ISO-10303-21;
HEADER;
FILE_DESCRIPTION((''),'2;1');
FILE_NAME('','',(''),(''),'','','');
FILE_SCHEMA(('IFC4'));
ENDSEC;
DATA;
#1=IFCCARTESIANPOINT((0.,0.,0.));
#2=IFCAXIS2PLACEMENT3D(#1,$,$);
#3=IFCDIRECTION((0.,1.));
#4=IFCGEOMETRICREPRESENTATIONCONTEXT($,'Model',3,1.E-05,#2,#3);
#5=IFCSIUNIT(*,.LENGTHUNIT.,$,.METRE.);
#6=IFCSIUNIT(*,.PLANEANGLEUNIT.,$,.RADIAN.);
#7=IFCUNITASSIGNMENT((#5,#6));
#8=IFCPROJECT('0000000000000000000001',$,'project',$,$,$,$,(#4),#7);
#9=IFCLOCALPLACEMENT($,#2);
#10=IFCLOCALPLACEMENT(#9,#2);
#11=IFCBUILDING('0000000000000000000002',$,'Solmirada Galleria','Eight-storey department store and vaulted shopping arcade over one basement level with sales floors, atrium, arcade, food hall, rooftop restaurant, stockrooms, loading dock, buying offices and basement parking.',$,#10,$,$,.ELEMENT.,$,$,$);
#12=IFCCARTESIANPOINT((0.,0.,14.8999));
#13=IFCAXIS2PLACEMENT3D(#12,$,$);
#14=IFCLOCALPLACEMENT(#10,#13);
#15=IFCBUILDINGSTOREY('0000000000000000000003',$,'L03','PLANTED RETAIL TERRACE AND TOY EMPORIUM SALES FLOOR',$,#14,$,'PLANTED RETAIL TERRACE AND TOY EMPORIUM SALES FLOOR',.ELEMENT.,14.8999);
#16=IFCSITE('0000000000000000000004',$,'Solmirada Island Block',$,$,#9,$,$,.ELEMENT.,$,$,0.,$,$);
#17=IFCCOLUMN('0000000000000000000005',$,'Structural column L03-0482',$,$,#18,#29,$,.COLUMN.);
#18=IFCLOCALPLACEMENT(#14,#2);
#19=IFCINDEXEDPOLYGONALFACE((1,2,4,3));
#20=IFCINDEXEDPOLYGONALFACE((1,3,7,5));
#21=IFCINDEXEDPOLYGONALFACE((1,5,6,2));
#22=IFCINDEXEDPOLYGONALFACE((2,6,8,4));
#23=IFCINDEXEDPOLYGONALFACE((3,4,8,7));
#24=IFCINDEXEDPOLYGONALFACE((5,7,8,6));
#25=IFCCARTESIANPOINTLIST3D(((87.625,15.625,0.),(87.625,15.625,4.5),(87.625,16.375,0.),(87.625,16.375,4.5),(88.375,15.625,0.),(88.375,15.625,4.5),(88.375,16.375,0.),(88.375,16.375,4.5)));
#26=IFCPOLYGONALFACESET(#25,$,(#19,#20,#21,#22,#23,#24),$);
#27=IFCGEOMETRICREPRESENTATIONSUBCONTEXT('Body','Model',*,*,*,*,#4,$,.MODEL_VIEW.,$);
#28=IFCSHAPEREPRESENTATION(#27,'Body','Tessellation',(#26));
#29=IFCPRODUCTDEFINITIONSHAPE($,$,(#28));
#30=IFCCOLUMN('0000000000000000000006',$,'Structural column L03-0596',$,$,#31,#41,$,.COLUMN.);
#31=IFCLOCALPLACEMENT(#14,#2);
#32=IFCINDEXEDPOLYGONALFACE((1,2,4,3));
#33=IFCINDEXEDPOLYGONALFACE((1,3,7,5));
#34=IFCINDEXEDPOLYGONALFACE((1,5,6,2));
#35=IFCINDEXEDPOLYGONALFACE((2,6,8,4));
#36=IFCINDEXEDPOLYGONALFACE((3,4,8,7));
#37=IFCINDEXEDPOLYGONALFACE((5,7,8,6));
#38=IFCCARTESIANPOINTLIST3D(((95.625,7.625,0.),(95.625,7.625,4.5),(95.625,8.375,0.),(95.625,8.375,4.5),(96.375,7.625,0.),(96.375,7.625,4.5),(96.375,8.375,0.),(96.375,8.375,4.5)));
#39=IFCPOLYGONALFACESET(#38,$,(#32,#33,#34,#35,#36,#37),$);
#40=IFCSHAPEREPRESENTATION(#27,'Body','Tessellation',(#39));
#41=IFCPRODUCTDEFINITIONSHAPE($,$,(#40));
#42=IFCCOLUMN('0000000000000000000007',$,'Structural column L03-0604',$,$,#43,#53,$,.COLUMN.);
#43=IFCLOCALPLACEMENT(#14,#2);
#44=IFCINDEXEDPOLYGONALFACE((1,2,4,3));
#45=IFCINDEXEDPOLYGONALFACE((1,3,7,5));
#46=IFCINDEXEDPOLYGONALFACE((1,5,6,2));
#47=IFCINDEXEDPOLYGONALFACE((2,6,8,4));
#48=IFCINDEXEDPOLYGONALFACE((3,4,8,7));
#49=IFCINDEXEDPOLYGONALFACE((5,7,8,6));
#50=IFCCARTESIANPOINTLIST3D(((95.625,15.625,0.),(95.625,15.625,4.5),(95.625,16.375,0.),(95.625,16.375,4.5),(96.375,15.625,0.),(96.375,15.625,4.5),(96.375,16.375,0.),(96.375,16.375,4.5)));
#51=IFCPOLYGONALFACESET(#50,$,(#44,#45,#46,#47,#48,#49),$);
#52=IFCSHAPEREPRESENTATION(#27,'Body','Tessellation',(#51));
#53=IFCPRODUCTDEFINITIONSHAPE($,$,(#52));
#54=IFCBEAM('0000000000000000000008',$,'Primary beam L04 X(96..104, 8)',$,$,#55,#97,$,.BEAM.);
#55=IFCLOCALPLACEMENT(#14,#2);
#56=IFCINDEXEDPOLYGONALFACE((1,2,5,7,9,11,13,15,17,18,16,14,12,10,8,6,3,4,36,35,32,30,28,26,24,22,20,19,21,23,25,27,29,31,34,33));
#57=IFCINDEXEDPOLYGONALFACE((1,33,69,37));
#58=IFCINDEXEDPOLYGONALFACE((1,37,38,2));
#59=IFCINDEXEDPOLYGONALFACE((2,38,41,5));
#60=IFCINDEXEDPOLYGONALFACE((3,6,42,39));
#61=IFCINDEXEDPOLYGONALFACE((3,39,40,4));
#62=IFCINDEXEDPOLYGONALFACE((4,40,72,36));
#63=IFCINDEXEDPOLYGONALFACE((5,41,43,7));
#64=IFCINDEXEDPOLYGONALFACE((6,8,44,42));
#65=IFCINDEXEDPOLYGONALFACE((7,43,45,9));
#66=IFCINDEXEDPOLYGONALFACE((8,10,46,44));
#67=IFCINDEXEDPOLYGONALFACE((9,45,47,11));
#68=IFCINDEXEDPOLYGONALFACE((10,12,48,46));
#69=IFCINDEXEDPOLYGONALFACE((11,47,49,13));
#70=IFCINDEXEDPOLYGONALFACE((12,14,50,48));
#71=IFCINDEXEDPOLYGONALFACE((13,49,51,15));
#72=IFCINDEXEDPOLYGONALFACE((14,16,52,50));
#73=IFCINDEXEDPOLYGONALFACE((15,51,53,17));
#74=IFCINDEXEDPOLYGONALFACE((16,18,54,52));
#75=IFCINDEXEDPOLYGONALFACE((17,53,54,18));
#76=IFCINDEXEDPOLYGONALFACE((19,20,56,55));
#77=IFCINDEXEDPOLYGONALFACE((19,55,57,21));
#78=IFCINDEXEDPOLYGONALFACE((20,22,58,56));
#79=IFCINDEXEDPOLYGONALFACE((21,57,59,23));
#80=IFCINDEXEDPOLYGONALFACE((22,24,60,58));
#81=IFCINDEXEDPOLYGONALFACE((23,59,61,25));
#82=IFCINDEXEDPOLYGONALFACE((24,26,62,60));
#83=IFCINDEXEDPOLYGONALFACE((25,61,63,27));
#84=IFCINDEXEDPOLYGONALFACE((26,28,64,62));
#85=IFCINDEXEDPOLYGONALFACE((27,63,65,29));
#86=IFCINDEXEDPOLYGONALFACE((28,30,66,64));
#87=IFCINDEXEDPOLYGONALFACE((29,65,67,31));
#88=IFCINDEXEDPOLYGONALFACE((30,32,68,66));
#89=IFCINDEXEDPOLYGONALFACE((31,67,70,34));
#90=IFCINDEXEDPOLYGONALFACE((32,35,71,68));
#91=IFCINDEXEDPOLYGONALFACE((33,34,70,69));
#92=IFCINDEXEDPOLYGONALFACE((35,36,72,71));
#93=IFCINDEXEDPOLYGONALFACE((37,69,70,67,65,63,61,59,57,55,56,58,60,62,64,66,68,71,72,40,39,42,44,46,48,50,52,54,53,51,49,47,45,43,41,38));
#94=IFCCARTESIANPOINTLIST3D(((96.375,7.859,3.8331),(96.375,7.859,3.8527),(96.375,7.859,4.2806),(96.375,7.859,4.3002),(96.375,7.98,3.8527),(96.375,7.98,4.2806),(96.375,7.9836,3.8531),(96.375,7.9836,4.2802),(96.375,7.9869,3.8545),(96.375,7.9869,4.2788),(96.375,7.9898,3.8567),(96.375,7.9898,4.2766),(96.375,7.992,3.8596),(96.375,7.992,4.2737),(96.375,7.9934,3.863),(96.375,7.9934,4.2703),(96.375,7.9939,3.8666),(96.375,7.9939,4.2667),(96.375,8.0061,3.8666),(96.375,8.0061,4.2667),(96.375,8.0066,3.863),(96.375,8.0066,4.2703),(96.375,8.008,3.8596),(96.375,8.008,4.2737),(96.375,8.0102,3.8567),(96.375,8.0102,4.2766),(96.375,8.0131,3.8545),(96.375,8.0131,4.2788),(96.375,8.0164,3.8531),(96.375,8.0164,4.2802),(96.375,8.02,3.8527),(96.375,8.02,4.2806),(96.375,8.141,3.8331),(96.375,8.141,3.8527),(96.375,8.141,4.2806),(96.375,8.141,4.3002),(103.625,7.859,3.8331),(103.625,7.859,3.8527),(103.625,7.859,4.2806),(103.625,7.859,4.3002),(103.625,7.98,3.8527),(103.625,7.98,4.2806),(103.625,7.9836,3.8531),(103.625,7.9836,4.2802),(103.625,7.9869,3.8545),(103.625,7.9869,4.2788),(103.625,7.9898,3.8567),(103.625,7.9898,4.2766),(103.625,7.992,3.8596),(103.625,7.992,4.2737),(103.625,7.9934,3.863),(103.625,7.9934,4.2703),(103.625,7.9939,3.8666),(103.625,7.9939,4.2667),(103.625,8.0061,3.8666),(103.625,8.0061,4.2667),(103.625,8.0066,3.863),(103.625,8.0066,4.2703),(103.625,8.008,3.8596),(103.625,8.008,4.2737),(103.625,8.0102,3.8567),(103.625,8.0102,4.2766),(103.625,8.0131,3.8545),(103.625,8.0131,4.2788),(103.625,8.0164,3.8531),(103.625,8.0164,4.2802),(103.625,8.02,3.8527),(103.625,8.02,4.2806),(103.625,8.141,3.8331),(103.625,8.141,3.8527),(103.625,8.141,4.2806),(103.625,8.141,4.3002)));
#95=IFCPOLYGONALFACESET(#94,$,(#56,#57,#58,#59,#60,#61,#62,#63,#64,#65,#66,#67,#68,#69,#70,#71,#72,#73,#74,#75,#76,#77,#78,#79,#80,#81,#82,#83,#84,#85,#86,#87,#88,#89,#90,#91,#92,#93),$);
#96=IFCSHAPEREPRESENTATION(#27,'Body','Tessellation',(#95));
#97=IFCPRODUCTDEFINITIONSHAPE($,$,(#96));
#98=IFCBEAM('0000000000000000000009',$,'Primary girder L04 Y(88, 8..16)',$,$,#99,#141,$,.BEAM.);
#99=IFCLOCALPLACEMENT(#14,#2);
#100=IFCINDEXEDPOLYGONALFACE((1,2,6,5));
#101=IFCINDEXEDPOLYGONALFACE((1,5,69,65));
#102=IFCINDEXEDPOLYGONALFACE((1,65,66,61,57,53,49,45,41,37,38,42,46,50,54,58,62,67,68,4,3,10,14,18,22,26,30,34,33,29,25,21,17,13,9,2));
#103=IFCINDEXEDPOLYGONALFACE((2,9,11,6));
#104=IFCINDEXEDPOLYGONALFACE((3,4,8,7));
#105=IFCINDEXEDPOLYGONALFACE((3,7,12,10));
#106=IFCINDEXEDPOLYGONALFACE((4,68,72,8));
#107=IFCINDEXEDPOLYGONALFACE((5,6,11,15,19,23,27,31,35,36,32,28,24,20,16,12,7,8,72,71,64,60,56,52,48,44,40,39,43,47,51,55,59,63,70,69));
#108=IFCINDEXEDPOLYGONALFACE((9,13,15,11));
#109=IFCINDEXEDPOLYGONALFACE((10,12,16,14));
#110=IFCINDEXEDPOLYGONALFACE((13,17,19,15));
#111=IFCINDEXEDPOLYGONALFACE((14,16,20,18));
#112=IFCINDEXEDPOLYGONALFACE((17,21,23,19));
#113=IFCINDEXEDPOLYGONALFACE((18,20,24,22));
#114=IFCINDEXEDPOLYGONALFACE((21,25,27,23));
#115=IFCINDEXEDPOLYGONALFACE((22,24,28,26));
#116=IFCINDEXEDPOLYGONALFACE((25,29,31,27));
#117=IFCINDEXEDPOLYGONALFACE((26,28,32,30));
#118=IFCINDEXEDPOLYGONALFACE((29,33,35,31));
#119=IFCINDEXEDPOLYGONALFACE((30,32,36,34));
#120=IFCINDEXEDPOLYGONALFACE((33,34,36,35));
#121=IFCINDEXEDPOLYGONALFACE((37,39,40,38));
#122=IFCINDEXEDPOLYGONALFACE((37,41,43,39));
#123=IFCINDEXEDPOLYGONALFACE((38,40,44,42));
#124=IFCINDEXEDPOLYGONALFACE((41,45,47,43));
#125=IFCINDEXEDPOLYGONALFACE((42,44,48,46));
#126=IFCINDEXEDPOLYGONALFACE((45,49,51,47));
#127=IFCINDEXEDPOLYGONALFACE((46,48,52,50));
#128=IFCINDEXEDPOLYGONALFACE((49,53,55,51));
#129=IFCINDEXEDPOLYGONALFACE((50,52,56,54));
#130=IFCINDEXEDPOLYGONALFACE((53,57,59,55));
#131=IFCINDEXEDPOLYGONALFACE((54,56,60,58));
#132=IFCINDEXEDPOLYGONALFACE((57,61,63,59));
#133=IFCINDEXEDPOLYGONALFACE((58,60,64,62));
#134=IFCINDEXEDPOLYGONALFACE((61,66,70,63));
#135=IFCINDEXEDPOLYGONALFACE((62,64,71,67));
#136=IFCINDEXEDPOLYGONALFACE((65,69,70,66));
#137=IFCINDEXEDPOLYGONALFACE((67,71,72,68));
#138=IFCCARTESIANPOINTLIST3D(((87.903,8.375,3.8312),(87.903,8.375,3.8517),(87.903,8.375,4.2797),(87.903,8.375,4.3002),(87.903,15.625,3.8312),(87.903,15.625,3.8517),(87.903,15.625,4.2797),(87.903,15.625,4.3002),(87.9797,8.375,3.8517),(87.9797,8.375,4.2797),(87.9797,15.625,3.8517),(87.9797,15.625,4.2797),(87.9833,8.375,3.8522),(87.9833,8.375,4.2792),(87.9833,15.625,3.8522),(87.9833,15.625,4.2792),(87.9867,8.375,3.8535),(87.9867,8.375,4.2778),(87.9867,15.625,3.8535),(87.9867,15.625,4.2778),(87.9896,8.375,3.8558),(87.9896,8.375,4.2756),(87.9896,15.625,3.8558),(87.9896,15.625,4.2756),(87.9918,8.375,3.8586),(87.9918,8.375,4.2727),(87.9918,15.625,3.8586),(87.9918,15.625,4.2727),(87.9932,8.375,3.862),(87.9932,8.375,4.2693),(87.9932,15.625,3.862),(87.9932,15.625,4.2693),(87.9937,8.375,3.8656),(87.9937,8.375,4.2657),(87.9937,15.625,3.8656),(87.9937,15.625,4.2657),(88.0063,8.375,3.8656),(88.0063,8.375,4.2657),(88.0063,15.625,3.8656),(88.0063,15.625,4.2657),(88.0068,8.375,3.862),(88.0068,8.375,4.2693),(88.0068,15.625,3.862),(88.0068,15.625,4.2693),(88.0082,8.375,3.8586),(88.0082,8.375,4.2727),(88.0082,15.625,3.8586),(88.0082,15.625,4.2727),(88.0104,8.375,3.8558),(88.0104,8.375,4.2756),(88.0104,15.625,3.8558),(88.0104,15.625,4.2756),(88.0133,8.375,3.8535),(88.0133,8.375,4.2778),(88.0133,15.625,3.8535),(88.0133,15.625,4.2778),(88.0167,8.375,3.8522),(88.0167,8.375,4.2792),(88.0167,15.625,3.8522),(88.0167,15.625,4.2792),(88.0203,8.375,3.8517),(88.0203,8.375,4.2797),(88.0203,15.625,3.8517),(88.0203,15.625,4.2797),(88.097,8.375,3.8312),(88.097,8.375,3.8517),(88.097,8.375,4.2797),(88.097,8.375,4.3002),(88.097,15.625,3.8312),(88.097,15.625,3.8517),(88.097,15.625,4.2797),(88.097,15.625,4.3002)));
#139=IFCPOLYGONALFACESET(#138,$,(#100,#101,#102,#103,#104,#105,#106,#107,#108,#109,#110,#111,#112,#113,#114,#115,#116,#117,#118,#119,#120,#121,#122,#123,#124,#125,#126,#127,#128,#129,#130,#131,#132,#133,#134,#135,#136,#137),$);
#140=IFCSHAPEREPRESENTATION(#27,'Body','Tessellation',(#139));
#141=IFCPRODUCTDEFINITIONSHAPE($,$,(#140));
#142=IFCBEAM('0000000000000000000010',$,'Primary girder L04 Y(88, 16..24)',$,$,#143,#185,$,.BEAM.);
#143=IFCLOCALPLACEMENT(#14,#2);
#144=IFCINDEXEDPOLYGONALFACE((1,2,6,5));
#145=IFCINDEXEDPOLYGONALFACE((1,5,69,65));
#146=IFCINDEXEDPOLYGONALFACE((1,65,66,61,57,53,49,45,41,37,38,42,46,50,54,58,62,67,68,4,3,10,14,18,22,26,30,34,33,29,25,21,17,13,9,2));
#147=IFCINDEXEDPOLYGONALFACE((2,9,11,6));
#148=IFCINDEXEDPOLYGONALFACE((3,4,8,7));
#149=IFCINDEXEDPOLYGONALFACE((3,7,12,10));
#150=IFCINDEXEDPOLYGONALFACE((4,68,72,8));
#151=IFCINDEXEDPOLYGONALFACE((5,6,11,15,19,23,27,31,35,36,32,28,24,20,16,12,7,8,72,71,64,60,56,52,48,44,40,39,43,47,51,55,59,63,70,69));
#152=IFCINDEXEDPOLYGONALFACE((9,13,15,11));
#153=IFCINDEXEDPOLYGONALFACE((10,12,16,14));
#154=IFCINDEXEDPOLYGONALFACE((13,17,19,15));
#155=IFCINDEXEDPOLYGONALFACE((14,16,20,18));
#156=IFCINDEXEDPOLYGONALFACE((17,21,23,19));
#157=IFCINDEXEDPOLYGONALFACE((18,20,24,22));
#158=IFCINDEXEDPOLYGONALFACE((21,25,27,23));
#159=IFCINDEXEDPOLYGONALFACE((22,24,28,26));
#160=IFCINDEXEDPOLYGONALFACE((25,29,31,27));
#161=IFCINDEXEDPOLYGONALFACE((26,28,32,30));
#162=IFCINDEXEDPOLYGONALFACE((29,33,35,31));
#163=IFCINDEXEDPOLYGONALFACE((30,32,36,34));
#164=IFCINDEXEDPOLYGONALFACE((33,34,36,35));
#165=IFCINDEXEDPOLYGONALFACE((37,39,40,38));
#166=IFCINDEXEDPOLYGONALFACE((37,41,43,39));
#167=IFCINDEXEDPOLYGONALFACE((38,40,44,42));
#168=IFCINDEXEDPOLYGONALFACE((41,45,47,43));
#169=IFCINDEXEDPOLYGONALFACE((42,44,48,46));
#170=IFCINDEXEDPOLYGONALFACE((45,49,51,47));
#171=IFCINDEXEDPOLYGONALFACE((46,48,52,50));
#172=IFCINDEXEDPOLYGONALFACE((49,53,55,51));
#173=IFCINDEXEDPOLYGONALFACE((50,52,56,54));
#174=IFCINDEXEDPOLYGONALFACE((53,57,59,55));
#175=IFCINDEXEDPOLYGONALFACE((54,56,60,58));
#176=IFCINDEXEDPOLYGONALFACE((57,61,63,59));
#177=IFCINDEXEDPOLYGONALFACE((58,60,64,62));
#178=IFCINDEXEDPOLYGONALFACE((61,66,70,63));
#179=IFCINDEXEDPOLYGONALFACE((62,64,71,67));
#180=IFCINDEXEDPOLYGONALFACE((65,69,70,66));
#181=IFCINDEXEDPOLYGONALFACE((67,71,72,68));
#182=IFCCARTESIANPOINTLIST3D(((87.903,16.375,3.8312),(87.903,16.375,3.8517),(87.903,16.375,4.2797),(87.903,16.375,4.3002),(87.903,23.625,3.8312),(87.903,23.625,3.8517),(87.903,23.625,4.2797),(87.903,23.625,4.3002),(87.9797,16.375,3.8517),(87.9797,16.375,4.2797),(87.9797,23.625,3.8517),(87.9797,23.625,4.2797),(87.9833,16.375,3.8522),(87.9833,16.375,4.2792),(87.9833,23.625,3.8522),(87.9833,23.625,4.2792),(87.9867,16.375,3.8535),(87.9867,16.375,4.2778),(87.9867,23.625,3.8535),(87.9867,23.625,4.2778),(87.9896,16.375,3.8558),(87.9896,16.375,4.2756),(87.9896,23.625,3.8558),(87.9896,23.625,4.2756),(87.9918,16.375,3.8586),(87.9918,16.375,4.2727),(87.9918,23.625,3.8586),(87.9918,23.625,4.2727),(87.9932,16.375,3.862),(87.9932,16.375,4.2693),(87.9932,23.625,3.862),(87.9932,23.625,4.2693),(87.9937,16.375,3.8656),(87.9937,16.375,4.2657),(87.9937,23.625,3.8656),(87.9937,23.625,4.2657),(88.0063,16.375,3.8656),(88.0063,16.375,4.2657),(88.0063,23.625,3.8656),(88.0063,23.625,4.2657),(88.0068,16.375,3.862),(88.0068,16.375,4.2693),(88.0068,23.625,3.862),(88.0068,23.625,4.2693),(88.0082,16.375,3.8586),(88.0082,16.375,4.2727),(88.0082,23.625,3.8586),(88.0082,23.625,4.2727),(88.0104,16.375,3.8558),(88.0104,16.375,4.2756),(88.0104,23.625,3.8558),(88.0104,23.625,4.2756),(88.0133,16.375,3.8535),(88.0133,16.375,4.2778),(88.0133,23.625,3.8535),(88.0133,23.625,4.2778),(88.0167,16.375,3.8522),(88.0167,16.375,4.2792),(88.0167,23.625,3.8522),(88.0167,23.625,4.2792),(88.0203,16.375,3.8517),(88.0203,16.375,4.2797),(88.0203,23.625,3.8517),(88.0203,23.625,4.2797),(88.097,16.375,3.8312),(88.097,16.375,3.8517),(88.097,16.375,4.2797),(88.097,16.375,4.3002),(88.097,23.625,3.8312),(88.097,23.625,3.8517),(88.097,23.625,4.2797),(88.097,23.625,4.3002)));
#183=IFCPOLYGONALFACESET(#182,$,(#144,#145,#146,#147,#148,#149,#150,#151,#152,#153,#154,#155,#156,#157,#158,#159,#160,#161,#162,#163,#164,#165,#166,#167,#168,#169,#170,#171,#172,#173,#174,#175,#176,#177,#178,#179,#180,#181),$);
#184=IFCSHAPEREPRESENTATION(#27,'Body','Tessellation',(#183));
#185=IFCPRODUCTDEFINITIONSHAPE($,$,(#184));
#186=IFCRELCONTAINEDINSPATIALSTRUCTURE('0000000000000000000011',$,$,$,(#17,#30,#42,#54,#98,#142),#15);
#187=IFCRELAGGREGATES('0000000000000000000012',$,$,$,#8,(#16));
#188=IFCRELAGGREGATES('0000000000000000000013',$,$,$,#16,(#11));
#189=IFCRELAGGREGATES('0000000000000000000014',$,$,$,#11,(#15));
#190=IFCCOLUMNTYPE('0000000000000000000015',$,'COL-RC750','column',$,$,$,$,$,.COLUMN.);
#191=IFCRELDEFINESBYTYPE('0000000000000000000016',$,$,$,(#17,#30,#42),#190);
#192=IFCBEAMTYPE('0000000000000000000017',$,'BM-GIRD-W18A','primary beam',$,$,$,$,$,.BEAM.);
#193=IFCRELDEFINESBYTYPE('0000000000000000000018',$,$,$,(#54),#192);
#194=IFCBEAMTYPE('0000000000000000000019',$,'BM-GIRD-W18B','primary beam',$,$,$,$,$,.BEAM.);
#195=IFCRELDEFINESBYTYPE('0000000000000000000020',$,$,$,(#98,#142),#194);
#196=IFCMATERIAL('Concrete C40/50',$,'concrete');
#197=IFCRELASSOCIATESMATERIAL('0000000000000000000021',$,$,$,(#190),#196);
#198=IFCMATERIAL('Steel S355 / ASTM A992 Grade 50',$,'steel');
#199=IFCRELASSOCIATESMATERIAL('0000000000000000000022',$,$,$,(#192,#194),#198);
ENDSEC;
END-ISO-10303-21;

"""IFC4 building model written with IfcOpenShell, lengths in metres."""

from ifc_helpers import new_model, si_unit, direction, frame, origin, origin_2d, place, context, subcontext, project, spatial, rectangle, i_section, extrude, material, material_profile, profile_set, type_object, element, save


model = new_model("IFC4")

# Units and contexts
model_context = context("Model", 3, precision=1e-05, world=origin(), true_north=direction((0.0, 1.0)))
body_context = subcontext(model_context, "Body", "Model", "MODEL_VIEW")
ifc_project = project(units=[si_unit("LENGTHUNIT", "METRE"), si_unit("PLANEANGLEUNIT", "RADIAN")], contexts=[model_context])

# Site, building, storey
site_placement = place(None, origin())
site = spatial("IfcSite", under=ifc_project, at=site_placement, Name="Solmirada Island Block", CompositionType="ELEMENT", RefElevation=0.0)
building_placement = place(site_placement, origin())
building = spatial("IfcBuilding", under=site, at=building_placement, Name="Solmirada Galleria", Description="Eight-storey department store and vaulted shopping arcade over one basement level with sales floors, atrium, arcade, food hall, rooftop restaurant, stockrooms, loading dock, buying offices and basement parking.", CompositionType="ELEMENT")
storey_placement = place(building_placement, frame((0.0, 0.0, 14.8999)))
storey = spatial("IfcBuildingStorey", under=building, at=storey_placement, Name="L03", Description="PLANTED RETAIL TERRACE AND TOY EMPORIUM SALES FLOOR", LongName="PLANTED RETAIL TERRACE AND TOY EMPORIUM SALES FLOOR", CompositionType="ELEMENT", Elevation=14.8999)

# Columns
ifc_material_1 = material(Name="Concrete C40/50", Category="concrete")
ifc_material_profile_1 = material_profile(ifc_material_1, rectangle(XDim=0.75, YDim=0.75, at=origin_2d()), Name="RC750X750")
ifc_profile_set_1 = profile_set([ifc_material_profile_1], Name="Concrete C40/50")
column_type = type_object("IfcColumnType", Name="COL-RC750", Description="column", PredefinedType="COLUMN", material=ifc_profile_set_1)
for number, where, z_axis, x_axis, name in (
    (1, (88.0, 16.0, 0.0), (0.0, 0.0, 1.0), (1.0, 0.0, 0.0), "Structural column L03-0482"),
    (2, (96.0, 8.0, 0.0), (0.0, 0.0, 1.0), (1.0, 0.0, 0.0), "Structural column L03-0596"),
    (3, (96.0, 16.0, 0.0), (0.0, 0.0, 1.0), (1.0, 0.0, 0.0), "Structural column L03-0604"),
):
    element("IfcColumn", number, at=place(storey_placement, frame(where, z_axis=z_axis, x_axis=x_axis)), inside=storey, type_object=column_type, Name=name, PredefinedType="COLUMN", context=body_context, shape_type="SweptSolid", body=[
        extrude(rectangle(XDim=0.75, YDim=0.75, at=origin_2d()), origin(), (0.0, 0.0, 1.0), 4.5),
    ])

# Beams
ifc_material_2 = material(Name="Steel S355 / ASTM A992 Grade 50", Category="steel")
ifc_material_profile_2 = material_profile(ifc_material_2, i_section(OverallWidth=0.282, OverallDepth=0.467, WebThickness=0.0122, FlangeThickness=0.0195, FilletRadius=0.0139, at=origin_2d()), Name="W18X86")
ifc_profile_set_2 = profile_set([ifc_material_profile_2], Name="Steel S355 / ASTM A992 Grade 50")
beam_type_1 = type_object("IfcBeamType", Name="BM-GIRD-W18A", Description="primary beam", PredefinedType="BEAM", material=ifc_profile_set_2)
beam_placement = place(storey_placement, frame((96.375, 8.0, 4.0667), z_axis=(1.0, 0.0, 0.0), x_axis=(0.0, 1.0, 0.0)))
element("IfcBeam", 4, at=beam_placement, inside=storey, type_object=beam_type_1, Name="Primary beam L04 X(96..104, 8)", PredefinedType="BEAM", context=body_context, shape_type="SweptSolid", body=[
    extrude(i_section(OverallWidth=0.282, OverallDepth=0.467, WebThickness=0.0122, FlangeThickness=0.0195, FilletRadius=0.0139, at=origin_2d()), origin(), (0.0, 0.0, 1.0), 7.25),
])
ifc_material_profile_3 = material_profile(ifc_material_2, i_section(OverallWidth=0.1941, OverallDepth=0.469, WebThickness=0.0127, FlangeThickness=0.0205, FilletRadius=0.0139, at=origin_2d()), Name="W18X71")
ifc_profile_set_3 = profile_set([ifc_material_profile_3], Name="Steel S355 / ASTM A992 Grade 50")
beam_type_2 = type_object("IfcBeamType", Name="BM-GIRD-W18B", Description="primary beam", PredefinedType="BEAM", material=ifc_profile_set_3)
for number, where, z_axis, x_axis, name in (
    (5, (88.0, 8.375, 4.0657), (0.0, 1.0, 0.0), (-1.0, 0.0, 0.0), "Primary girder L04 Y(88, 8..16)"),
    (6, (88.0, 16.375, 4.0657), (0.0, 1.0, 0.0), (-1.0, 0.0, 0.0), "Primary girder L04 Y(88, 16..24)"),
):
    element("IfcBeam", number, at=place(storey_placement, frame(where, z_axis=z_axis, x_axis=x_axis)), inside=storey, type_object=beam_type_2, Name=name, PredefinedType="BEAM", context=body_context, shape_type="SweptSolid", body=[
        extrude(i_section(OverallWidth=0.1941, OverallDepth=0.469, WebThickness=0.0127, FlangeThickness=0.0205, FilletRadius=0.0139, at=origin_2d()), origin(), (0.0, 0.0, 1.0), 7.25),
    ])

save(model, "model.ifc")
